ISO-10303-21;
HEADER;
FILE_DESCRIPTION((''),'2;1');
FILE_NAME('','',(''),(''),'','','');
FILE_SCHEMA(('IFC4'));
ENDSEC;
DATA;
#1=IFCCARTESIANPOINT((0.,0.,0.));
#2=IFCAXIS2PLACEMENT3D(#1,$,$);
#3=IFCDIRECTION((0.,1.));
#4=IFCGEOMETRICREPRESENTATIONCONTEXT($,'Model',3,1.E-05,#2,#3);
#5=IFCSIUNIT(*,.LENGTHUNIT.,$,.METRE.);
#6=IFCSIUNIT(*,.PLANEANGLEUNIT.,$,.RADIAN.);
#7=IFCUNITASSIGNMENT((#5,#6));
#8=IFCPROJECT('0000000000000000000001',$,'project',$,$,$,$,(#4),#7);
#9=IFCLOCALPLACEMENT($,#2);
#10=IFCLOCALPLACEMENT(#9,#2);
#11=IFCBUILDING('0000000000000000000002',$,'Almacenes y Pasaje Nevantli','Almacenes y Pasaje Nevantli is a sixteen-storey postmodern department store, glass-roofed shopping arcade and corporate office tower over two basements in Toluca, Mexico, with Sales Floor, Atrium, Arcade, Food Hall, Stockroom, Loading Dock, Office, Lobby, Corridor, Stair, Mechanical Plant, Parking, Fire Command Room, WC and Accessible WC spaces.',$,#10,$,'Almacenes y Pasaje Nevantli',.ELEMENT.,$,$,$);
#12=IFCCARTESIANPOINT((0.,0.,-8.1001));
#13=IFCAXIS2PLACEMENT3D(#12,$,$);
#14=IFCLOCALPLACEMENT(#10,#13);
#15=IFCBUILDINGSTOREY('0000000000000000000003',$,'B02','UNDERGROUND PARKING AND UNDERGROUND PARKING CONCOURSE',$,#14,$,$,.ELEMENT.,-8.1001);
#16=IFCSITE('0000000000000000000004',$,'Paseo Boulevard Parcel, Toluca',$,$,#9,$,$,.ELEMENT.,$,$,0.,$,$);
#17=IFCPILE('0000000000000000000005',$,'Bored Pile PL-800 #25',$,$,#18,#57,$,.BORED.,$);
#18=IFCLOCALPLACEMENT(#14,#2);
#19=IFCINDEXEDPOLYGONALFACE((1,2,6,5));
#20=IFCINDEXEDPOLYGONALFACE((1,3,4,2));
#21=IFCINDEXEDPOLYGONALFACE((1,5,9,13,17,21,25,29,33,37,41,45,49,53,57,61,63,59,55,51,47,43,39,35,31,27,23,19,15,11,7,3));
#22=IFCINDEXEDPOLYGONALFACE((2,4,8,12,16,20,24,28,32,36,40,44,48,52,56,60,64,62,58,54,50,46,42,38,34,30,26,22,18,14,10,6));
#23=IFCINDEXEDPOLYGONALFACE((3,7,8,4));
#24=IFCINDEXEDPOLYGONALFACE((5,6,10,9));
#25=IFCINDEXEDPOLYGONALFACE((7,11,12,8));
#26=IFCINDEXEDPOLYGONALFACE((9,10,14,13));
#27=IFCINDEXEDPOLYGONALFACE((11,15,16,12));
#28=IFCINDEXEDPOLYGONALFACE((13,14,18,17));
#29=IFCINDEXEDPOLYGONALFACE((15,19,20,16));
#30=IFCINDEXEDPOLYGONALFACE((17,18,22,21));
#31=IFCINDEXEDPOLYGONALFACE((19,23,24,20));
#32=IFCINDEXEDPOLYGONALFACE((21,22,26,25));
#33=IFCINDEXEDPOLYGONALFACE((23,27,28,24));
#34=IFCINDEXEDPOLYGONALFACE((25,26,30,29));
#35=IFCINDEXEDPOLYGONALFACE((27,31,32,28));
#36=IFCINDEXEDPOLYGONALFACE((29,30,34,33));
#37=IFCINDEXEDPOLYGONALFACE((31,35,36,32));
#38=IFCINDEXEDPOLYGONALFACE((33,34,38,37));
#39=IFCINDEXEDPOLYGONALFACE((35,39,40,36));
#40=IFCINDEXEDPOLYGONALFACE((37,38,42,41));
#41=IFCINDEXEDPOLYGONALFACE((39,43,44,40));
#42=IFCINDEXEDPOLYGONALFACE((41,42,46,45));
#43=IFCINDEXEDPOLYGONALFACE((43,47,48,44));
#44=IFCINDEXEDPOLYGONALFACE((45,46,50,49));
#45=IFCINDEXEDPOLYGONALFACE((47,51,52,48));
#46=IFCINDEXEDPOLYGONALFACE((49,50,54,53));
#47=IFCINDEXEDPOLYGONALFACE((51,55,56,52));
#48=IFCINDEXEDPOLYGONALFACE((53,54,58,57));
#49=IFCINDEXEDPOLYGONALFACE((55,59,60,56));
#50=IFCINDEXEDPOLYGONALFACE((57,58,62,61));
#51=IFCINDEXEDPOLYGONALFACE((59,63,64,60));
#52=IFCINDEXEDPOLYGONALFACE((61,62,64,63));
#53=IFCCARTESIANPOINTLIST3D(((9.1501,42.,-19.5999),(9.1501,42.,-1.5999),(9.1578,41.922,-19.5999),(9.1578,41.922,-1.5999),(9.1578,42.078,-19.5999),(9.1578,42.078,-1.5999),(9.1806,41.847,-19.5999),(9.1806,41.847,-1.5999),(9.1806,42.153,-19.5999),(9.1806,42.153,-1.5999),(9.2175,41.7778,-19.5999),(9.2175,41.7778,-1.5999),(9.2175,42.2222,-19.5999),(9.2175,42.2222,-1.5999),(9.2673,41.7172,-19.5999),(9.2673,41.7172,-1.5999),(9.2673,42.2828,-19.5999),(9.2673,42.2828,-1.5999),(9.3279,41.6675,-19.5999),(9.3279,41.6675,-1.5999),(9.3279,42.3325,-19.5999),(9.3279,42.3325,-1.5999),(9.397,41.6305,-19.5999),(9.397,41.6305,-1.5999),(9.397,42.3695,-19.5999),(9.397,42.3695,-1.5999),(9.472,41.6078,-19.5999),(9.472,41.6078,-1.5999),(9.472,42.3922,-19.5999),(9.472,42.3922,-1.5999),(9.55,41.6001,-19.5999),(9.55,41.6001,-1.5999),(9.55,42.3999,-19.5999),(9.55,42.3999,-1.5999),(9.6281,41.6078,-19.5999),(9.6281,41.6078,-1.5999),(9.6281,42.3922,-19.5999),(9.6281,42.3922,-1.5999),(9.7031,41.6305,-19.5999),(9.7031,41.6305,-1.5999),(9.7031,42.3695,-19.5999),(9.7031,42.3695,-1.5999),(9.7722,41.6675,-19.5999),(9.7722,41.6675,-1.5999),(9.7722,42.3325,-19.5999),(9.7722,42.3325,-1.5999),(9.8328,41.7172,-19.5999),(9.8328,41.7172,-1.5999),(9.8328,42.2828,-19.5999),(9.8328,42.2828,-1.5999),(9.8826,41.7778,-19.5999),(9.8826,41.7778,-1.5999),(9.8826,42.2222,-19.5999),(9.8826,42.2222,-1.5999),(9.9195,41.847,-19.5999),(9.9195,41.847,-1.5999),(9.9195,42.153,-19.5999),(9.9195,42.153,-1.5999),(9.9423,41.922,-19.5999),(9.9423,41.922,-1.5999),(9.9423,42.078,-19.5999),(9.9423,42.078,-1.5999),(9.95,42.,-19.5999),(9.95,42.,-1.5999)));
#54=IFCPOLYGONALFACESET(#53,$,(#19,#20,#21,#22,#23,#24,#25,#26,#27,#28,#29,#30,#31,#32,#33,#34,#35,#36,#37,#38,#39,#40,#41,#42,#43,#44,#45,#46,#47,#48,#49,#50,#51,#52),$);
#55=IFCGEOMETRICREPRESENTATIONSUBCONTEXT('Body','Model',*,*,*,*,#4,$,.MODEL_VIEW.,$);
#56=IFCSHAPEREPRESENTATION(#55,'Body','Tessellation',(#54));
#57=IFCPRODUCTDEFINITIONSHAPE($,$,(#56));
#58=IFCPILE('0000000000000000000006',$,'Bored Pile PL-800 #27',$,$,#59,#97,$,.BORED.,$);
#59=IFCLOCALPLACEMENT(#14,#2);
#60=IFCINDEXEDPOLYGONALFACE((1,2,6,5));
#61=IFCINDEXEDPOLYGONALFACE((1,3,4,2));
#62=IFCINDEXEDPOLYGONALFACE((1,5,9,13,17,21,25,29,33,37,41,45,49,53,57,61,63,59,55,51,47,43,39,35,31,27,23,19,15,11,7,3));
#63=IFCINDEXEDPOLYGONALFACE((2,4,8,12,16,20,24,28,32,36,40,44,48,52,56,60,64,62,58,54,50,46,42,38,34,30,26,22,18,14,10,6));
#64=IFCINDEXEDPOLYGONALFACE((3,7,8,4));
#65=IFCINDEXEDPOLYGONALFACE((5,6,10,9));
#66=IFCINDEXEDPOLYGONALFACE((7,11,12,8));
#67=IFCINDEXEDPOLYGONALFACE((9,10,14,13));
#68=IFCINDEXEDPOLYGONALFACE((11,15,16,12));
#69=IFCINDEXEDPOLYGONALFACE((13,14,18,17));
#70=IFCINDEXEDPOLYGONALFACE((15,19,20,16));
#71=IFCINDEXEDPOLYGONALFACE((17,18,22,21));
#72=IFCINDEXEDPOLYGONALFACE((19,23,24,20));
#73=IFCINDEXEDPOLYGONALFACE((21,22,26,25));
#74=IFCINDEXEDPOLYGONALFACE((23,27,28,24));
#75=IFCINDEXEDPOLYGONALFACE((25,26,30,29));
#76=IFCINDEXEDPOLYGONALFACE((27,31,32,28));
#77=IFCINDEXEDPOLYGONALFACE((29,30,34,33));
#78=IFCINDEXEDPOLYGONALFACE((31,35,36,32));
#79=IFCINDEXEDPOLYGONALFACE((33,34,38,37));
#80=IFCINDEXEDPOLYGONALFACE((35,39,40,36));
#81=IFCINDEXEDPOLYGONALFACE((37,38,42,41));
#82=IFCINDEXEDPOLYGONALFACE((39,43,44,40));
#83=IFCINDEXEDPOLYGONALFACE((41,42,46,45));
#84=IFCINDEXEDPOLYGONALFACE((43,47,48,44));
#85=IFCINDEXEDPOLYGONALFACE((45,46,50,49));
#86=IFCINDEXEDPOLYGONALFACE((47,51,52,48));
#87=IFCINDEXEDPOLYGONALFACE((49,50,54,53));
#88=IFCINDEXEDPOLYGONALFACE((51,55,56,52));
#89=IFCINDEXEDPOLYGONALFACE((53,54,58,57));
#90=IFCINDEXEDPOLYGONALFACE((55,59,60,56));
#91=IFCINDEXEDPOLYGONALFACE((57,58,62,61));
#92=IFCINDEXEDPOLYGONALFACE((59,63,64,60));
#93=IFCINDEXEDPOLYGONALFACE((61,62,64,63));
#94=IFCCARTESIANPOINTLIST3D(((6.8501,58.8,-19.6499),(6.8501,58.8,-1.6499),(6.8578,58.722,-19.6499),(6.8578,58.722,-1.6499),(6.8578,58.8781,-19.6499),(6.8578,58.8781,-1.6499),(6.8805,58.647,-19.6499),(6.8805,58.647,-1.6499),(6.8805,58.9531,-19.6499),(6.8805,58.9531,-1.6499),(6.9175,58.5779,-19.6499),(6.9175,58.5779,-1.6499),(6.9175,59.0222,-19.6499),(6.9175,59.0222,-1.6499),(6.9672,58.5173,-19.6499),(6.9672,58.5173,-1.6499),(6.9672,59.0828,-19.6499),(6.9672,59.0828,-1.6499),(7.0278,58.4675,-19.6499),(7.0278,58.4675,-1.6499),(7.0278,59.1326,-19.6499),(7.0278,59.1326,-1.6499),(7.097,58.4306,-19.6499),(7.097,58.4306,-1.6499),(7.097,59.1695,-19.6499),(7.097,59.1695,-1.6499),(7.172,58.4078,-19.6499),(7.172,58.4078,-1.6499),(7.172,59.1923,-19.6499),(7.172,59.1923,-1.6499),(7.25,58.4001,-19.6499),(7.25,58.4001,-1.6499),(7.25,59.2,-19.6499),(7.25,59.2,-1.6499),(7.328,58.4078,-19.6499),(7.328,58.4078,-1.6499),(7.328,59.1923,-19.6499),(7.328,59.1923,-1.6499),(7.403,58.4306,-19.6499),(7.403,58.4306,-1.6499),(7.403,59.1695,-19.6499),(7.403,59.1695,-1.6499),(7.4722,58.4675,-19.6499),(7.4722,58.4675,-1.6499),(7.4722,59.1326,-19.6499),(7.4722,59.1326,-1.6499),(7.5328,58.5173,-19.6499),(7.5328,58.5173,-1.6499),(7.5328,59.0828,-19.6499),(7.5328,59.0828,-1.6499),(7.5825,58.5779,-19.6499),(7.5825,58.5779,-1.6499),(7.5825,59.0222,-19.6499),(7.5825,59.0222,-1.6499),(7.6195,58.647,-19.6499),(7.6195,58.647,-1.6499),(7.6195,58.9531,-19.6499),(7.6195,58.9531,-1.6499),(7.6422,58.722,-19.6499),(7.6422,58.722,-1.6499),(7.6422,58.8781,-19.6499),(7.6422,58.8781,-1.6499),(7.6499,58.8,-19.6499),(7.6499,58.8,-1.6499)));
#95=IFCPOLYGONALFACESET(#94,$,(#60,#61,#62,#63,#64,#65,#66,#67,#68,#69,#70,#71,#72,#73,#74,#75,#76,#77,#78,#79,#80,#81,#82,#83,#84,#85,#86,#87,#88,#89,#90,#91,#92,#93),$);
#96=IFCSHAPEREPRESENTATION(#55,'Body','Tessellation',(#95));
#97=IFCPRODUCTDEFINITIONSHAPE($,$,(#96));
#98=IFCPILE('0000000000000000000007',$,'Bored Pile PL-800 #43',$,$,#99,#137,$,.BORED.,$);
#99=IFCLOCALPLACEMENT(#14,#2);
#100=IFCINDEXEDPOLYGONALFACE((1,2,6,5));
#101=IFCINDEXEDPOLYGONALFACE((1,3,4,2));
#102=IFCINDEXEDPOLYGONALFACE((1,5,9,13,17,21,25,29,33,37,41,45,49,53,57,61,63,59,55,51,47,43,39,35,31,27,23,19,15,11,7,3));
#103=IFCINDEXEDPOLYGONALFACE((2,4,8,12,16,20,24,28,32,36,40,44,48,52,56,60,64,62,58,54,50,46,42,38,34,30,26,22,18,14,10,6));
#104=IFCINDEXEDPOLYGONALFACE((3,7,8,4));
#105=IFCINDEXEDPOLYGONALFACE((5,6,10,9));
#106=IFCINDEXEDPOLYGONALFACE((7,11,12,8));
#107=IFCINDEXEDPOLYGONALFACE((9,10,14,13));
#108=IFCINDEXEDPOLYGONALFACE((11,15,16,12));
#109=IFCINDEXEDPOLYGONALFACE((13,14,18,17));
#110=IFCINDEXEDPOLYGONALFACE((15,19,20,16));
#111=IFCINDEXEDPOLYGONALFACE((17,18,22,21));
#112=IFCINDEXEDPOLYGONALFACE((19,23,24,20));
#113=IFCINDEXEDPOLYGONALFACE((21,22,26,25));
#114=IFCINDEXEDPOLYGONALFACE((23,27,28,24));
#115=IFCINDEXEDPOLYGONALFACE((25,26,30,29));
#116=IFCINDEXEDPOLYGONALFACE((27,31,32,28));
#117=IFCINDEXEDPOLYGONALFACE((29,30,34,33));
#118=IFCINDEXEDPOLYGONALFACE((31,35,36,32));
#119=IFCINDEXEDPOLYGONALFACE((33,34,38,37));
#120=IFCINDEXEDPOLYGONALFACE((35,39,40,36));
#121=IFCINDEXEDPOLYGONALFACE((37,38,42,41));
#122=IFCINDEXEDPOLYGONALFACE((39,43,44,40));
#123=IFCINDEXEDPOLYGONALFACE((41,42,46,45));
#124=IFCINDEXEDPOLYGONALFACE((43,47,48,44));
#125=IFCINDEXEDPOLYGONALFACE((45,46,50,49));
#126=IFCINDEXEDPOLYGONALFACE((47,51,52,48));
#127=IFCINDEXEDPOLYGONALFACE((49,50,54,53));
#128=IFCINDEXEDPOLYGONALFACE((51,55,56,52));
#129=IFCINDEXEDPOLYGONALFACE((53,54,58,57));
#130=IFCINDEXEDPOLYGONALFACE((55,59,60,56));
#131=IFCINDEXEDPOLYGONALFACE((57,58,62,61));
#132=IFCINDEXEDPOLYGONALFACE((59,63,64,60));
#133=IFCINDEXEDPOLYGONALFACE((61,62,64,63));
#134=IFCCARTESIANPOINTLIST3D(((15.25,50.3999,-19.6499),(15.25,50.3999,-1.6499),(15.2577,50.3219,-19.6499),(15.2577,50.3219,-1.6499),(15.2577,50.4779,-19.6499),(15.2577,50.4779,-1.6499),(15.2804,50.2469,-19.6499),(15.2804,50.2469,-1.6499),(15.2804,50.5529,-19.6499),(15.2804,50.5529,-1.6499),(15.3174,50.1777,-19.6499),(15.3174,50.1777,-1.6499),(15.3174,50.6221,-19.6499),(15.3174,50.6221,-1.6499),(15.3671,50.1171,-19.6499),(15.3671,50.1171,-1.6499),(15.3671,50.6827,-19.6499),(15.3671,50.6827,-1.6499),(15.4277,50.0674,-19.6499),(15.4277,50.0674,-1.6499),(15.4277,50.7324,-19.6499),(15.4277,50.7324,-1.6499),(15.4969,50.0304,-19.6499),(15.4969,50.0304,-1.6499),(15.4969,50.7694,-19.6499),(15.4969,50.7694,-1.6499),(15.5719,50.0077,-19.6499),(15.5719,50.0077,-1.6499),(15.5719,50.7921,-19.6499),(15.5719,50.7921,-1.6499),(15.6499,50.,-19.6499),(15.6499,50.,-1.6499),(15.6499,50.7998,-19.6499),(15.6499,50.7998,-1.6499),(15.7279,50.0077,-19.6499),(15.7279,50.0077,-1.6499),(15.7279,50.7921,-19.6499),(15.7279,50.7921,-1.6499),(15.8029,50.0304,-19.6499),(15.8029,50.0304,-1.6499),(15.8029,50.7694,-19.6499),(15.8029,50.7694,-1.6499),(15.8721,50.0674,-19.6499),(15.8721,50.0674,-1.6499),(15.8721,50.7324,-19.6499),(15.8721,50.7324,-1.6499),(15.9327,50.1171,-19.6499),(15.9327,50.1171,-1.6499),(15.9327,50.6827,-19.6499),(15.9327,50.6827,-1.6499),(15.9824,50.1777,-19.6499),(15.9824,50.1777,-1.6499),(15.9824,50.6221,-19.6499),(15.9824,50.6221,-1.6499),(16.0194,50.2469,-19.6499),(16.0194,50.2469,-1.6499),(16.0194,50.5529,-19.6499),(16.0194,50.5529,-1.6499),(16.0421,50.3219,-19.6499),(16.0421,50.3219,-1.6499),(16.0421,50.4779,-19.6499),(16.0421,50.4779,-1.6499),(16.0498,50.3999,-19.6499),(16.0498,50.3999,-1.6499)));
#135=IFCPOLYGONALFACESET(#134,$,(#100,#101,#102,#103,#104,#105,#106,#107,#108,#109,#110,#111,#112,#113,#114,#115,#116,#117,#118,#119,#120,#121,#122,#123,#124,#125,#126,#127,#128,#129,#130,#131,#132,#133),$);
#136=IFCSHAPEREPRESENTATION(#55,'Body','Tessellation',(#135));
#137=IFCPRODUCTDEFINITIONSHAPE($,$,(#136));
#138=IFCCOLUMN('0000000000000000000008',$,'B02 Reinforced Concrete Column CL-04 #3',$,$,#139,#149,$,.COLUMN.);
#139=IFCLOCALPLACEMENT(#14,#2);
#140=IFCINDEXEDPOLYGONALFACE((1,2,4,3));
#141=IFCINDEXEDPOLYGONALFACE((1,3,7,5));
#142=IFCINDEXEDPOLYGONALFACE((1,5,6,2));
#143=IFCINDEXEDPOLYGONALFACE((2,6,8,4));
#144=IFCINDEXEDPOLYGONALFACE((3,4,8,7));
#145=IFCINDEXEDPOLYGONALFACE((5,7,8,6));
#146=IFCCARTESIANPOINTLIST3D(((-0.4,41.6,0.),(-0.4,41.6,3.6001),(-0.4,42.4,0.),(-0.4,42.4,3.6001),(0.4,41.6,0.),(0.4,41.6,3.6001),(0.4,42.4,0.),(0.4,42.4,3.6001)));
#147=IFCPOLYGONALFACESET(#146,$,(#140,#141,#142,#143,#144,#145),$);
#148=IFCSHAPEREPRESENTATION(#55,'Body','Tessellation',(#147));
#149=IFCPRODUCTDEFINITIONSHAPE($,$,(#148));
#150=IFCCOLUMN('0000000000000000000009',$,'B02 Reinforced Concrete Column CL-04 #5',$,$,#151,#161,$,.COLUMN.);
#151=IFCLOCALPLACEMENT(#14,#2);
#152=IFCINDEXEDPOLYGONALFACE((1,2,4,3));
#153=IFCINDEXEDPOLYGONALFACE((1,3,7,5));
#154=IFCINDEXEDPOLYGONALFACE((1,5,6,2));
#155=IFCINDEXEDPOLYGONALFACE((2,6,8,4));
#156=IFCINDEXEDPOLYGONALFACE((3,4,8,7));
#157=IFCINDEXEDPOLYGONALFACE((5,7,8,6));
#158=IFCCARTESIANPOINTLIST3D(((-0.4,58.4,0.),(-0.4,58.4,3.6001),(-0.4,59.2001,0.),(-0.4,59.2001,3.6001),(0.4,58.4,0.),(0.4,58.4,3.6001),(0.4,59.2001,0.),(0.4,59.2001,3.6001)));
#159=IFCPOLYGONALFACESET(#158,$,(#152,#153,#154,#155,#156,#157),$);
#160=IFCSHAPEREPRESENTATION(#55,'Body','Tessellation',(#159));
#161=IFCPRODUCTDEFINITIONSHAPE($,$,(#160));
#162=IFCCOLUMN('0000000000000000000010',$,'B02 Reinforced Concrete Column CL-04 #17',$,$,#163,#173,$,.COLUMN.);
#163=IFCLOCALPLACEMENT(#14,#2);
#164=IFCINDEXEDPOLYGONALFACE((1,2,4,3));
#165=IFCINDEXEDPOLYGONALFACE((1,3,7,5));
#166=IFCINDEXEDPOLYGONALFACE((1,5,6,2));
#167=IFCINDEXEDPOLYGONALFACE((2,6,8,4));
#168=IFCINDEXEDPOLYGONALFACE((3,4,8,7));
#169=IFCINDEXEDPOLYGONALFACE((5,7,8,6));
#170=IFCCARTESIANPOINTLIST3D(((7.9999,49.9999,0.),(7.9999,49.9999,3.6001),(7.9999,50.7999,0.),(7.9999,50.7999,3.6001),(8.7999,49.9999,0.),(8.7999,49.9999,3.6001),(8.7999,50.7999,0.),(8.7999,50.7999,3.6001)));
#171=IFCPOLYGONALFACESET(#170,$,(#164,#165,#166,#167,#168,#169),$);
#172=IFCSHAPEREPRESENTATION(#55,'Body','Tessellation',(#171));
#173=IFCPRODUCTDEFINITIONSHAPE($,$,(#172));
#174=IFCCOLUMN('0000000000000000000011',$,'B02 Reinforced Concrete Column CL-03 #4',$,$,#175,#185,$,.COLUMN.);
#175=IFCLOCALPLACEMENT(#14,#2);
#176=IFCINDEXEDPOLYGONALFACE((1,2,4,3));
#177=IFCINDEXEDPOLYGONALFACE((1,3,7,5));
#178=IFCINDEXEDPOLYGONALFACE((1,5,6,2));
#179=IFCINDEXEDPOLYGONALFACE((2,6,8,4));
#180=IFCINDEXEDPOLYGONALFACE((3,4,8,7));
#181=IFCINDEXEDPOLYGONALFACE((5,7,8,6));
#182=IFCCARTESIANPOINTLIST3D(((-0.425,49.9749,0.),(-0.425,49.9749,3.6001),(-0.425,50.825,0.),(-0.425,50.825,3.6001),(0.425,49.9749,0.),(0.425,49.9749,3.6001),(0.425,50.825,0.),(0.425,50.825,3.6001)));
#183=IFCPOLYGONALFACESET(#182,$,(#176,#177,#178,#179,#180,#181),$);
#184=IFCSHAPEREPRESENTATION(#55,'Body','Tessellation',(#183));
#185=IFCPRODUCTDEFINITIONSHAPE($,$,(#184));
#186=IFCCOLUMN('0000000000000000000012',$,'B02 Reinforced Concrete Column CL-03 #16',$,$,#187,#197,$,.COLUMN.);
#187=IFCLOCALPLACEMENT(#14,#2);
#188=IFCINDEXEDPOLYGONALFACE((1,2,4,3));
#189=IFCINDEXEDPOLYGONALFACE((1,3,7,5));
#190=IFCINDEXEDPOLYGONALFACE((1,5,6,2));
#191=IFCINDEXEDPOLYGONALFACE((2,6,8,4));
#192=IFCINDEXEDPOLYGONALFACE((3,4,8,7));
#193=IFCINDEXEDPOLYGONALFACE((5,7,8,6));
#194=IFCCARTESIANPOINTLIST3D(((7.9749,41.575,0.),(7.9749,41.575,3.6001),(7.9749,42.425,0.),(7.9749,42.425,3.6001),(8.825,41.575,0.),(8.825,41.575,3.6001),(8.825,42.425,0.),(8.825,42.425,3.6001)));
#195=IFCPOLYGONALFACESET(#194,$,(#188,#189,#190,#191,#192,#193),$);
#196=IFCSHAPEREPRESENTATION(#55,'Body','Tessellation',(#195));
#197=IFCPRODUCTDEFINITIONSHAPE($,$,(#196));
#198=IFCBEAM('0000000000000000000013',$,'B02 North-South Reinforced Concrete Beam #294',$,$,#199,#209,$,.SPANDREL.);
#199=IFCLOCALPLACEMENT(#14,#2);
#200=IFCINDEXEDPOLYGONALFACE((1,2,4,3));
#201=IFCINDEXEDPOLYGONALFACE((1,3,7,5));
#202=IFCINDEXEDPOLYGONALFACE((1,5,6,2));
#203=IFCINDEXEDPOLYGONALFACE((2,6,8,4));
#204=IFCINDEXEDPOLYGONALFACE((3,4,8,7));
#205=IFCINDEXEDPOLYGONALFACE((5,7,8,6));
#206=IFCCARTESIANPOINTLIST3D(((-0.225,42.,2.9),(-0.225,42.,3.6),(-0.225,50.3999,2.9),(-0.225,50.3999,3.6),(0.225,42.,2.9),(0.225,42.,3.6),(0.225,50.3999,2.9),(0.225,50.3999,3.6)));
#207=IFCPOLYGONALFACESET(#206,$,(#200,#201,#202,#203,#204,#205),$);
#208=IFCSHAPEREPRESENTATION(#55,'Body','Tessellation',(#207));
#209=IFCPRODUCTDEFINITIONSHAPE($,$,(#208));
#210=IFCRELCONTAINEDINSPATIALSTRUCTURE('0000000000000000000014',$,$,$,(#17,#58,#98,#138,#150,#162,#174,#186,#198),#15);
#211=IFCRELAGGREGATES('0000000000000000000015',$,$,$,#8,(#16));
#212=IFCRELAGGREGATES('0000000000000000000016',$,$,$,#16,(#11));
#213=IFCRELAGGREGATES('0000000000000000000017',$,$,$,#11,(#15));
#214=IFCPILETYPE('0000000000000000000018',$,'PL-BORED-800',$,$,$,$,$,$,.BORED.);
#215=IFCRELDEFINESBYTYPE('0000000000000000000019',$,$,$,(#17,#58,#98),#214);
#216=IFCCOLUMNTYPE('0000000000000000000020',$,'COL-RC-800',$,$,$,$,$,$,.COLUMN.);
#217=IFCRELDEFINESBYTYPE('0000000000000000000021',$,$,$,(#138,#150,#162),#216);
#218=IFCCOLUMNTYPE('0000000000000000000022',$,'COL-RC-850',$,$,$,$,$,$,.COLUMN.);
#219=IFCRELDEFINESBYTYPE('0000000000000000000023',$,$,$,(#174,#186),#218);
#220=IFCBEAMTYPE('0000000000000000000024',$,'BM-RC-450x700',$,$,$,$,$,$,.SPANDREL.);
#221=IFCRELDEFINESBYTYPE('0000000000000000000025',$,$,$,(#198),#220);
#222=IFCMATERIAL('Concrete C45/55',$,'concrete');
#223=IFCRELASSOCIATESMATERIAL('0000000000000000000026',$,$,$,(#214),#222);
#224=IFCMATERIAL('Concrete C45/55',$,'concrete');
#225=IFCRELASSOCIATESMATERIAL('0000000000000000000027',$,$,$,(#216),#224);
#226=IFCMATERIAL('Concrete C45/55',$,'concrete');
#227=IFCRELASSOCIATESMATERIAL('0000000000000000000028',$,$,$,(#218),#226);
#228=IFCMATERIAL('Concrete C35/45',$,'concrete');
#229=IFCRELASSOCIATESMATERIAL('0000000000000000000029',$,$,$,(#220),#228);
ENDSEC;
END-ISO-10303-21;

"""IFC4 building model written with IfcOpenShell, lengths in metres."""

from ifc_helpers import new_model, si_unit, direction, frame, origin, origin_2d, place, context, subcontext, project, spatial, rectangle, circle, extrude, material, material_profile, profile_set, type_object, element, save


model = new_model("IFC4")

# Units and contexts
model_context = context("Model", 3, precision=1e-05, world=origin(), true_north=direction((0.0, 1.0)))
body_context = subcontext(model_context, "Body", "Model", "MODEL_VIEW")
ifc_project = project(units=[si_unit("LENGTHUNIT", "METRE"), si_unit("PLANEANGLEUNIT", "RADIAN")], contexts=[model_context])

# Site, building, storey
site_placement = place(None, origin())
site = spatial("IfcSite", under=ifc_project, at=site_placement, Name="Paseo Boulevard Parcel, Toluca", CompositionType="ELEMENT", RefElevation=0.0)
building_placement = place(site_placement, origin())
building = spatial("IfcBuilding", under=site, at=building_placement, Name="Almacenes y Pasaje Nevantli", Description="Almacenes y Pasaje Nevantli is a sixteen-storey postmodern department store, glass-roofed shopping arcade and corporate office tower over two basements in Toluca, Mexico, with Sales Floor, Atrium, Arcade, Food Hall, Stockroom, Loading Dock, Office, Lobby, Corridor, Stair, Mechanical Plant, Parking, Fire Command Room, WC and Accessible WC spaces.", LongName="Almacenes y Pasaje Nevantli", CompositionType="ELEMENT")
storey_placement = place(building_placement, frame((0.0, 0.0, -8.1001)))
storey = spatial("IfcBuildingStorey", under=building, at=storey_placement, Name="B02", Description="UNDERGROUND PARKING AND UNDERGROUND PARKING CONCOURSE", CompositionType="ELEMENT", Elevation=-8.1001)

# Piles
ifc_material_1 = material(Name="Concrete C45/55", Category="concrete")
ifc_material_profile_1 = material_profile(ifc_material_1, circle(Radius=0.3999, at=origin_2d()), Name="RC-PILE-D800")
ifc_profile_set_1 = profile_set([ifc_material_profile_1], Name="Concrete C45/55")
pile_type_1 = type_object("IfcPileType", Name="PL-BORED-800", PredefinedType="BORED", material=ifc_profile_set_1)
for number, where, z_axis, x_axis, name in (
    (1, (9.55, 42.0, -1.5999), (0.0, 0.0, -1.0), (1.0, 0.0, 0.0), "Bored Pile PL-800 #25"),
    (2, (7.25, 58.8, -1.6499), (0.0, 0.0, -1.0), (1.0, 0.0, 0.0), "Bored Pile PL-800 #27"),
    (3, (15.6499, 50.3999, -1.6499), (0.0, 0.0, -1.0), (1.0, 0.0, 0.0), "Bored Pile PL-800 #43"),
):
    element("IfcPile", number, at=place(storey_placement, frame(where, z_axis=z_axis, x_axis=x_axis)), inside=storey, type_object=pile_type_1, Name=name, PredefinedType="BORED", context=body_context, shape_type="SweptSolid", body=[
        extrude(circle(Radius=0.3999, at=origin_2d()), origin(), (0.0, 0.0, 1.0), 18.0),
    ])

# Columns
ifc_material_2 = material(Name="Concrete C45/55", Category="concrete")
ifc_material_profile_2 = material_profile(ifc_material_2, rectangle(XDim=0.8, YDim=0.8, at=origin_2d()), Name="RC-COL-800x800")
ifc_profile_set_2 = profile_set([ifc_material_profile_2], Name="Concrete C45/55")
column_type_1 = type_object("IfcColumnType", Name="COL-RC-800", PredefinedType="COLUMN", material=ifc_profile_set_2)
for number, where, z_axis, x_axis, name in (
    (4, (0.0, 42.0, 0.0), (0.0, 0.0, 1.0), (1.0, 0.0, 0.0), "B02 Reinforced Concrete Column CL-04 #3"),
    (5, (0.0, 58.8, 0.0), (0.0, 0.0, 1.0), (1.0, 0.0, 0.0), "B02 Reinforced Concrete Column CL-04 #5"),
    (6, (8.3999, 50.3999, 0.0), (0.0, 0.0, 1.0), (1.0, 0.0, 0.0), "B02 Reinforced Concrete Column CL-04 #17"),
):
    element("IfcColumn", number, at=place(storey_placement, frame(where, z_axis=z_axis, x_axis=x_axis)), inside=storey, type_object=column_type_1, Name=name, PredefinedType="COLUMN", context=body_context, shape_type="SweptSolid", body=[
        extrude(rectangle(XDim=0.8, YDim=0.8, at=origin_2d()), origin(), (0.0, 0.0, 1.0), 3.6001),
    ])
ifc_material_3 = material(Name="Concrete C45/55", Category="concrete")
ifc_material_profile_3 = material_profile(ifc_material_3, rectangle(XDim=0.8501, YDim=0.8501, at=origin_2d()), Name="RC-COL-850x850")
ifc_profile_set_3 = profile_set([ifc_material_profile_3], Name="Concrete C45/55")
column_type_2 = type_object("IfcColumnType", Name="COL-RC-850", PredefinedType="COLUMN", material=ifc_profile_set_3)
for number, where, z_axis, x_axis, name in (
    (7, (0.0, 50.3999, 0.0), (0.0, 0.0, 1.0), (1.0, 0.0, 0.0), "B02 Reinforced Concrete Column CL-03 #4"),
    (8, (8.3999, 42.0, 0.0), (0.0, 0.0, 1.0), (1.0, 0.0, 0.0), "B02 Reinforced Concrete Column CL-03 #16"),
):
    element("IfcColumn", number, at=place(storey_placement, frame(where, z_axis=z_axis, x_axis=x_axis)), inside=storey, type_object=column_type_2, Name=name, PredefinedType="COLUMN", context=body_context, shape_type="SweptSolid", body=[
        extrude(rectangle(XDim=0.8501, YDim=0.8501, at=origin_2d()), origin(), (0.0, 0.0, 1.0), 3.6001),
    ])

# Beam
ifc_material_4 = material(Name="Concrete C35/45", Category="concrete")
ifc_material_profile_4 = material_profile(ifc_material_4, rectangle(XDim=0.45, YDim=0.7, at=origin_2d()), Name="RC-BM-450x700")
ifc_profile_set_4 = profile_set([ifc_material_profile_4], Name="Concrete C35/45")
beam_type_1 = type_object("IfcBeamType", Name="BM-RC-450x700", PredefinedType="SPANDREL", material=ifc_profile_set_4)
beam_1_placement = place(storey_placement, frame((0.0, 42.0, 3.25), z_axis=(0.0, 1.0, 0.0), x_axis=(-1.0, 0.0, 0.0)))
element("IfcBeam", 9, at=beam_1_placement, inside=storey, type_object=beam_type_1, Name="B02 North-South Reinforced Concrete Beam #294", PredefinedType="SPANDREL", context=body_context, shape_type="SweptSolid", body=[
    extrude(rectangle(XDim=0.45, YDim=0.7, at=origin_2d()), origin(), (0.0, 0.0, 1.0), 8.3999),
])

save(model, "model.ifc")
